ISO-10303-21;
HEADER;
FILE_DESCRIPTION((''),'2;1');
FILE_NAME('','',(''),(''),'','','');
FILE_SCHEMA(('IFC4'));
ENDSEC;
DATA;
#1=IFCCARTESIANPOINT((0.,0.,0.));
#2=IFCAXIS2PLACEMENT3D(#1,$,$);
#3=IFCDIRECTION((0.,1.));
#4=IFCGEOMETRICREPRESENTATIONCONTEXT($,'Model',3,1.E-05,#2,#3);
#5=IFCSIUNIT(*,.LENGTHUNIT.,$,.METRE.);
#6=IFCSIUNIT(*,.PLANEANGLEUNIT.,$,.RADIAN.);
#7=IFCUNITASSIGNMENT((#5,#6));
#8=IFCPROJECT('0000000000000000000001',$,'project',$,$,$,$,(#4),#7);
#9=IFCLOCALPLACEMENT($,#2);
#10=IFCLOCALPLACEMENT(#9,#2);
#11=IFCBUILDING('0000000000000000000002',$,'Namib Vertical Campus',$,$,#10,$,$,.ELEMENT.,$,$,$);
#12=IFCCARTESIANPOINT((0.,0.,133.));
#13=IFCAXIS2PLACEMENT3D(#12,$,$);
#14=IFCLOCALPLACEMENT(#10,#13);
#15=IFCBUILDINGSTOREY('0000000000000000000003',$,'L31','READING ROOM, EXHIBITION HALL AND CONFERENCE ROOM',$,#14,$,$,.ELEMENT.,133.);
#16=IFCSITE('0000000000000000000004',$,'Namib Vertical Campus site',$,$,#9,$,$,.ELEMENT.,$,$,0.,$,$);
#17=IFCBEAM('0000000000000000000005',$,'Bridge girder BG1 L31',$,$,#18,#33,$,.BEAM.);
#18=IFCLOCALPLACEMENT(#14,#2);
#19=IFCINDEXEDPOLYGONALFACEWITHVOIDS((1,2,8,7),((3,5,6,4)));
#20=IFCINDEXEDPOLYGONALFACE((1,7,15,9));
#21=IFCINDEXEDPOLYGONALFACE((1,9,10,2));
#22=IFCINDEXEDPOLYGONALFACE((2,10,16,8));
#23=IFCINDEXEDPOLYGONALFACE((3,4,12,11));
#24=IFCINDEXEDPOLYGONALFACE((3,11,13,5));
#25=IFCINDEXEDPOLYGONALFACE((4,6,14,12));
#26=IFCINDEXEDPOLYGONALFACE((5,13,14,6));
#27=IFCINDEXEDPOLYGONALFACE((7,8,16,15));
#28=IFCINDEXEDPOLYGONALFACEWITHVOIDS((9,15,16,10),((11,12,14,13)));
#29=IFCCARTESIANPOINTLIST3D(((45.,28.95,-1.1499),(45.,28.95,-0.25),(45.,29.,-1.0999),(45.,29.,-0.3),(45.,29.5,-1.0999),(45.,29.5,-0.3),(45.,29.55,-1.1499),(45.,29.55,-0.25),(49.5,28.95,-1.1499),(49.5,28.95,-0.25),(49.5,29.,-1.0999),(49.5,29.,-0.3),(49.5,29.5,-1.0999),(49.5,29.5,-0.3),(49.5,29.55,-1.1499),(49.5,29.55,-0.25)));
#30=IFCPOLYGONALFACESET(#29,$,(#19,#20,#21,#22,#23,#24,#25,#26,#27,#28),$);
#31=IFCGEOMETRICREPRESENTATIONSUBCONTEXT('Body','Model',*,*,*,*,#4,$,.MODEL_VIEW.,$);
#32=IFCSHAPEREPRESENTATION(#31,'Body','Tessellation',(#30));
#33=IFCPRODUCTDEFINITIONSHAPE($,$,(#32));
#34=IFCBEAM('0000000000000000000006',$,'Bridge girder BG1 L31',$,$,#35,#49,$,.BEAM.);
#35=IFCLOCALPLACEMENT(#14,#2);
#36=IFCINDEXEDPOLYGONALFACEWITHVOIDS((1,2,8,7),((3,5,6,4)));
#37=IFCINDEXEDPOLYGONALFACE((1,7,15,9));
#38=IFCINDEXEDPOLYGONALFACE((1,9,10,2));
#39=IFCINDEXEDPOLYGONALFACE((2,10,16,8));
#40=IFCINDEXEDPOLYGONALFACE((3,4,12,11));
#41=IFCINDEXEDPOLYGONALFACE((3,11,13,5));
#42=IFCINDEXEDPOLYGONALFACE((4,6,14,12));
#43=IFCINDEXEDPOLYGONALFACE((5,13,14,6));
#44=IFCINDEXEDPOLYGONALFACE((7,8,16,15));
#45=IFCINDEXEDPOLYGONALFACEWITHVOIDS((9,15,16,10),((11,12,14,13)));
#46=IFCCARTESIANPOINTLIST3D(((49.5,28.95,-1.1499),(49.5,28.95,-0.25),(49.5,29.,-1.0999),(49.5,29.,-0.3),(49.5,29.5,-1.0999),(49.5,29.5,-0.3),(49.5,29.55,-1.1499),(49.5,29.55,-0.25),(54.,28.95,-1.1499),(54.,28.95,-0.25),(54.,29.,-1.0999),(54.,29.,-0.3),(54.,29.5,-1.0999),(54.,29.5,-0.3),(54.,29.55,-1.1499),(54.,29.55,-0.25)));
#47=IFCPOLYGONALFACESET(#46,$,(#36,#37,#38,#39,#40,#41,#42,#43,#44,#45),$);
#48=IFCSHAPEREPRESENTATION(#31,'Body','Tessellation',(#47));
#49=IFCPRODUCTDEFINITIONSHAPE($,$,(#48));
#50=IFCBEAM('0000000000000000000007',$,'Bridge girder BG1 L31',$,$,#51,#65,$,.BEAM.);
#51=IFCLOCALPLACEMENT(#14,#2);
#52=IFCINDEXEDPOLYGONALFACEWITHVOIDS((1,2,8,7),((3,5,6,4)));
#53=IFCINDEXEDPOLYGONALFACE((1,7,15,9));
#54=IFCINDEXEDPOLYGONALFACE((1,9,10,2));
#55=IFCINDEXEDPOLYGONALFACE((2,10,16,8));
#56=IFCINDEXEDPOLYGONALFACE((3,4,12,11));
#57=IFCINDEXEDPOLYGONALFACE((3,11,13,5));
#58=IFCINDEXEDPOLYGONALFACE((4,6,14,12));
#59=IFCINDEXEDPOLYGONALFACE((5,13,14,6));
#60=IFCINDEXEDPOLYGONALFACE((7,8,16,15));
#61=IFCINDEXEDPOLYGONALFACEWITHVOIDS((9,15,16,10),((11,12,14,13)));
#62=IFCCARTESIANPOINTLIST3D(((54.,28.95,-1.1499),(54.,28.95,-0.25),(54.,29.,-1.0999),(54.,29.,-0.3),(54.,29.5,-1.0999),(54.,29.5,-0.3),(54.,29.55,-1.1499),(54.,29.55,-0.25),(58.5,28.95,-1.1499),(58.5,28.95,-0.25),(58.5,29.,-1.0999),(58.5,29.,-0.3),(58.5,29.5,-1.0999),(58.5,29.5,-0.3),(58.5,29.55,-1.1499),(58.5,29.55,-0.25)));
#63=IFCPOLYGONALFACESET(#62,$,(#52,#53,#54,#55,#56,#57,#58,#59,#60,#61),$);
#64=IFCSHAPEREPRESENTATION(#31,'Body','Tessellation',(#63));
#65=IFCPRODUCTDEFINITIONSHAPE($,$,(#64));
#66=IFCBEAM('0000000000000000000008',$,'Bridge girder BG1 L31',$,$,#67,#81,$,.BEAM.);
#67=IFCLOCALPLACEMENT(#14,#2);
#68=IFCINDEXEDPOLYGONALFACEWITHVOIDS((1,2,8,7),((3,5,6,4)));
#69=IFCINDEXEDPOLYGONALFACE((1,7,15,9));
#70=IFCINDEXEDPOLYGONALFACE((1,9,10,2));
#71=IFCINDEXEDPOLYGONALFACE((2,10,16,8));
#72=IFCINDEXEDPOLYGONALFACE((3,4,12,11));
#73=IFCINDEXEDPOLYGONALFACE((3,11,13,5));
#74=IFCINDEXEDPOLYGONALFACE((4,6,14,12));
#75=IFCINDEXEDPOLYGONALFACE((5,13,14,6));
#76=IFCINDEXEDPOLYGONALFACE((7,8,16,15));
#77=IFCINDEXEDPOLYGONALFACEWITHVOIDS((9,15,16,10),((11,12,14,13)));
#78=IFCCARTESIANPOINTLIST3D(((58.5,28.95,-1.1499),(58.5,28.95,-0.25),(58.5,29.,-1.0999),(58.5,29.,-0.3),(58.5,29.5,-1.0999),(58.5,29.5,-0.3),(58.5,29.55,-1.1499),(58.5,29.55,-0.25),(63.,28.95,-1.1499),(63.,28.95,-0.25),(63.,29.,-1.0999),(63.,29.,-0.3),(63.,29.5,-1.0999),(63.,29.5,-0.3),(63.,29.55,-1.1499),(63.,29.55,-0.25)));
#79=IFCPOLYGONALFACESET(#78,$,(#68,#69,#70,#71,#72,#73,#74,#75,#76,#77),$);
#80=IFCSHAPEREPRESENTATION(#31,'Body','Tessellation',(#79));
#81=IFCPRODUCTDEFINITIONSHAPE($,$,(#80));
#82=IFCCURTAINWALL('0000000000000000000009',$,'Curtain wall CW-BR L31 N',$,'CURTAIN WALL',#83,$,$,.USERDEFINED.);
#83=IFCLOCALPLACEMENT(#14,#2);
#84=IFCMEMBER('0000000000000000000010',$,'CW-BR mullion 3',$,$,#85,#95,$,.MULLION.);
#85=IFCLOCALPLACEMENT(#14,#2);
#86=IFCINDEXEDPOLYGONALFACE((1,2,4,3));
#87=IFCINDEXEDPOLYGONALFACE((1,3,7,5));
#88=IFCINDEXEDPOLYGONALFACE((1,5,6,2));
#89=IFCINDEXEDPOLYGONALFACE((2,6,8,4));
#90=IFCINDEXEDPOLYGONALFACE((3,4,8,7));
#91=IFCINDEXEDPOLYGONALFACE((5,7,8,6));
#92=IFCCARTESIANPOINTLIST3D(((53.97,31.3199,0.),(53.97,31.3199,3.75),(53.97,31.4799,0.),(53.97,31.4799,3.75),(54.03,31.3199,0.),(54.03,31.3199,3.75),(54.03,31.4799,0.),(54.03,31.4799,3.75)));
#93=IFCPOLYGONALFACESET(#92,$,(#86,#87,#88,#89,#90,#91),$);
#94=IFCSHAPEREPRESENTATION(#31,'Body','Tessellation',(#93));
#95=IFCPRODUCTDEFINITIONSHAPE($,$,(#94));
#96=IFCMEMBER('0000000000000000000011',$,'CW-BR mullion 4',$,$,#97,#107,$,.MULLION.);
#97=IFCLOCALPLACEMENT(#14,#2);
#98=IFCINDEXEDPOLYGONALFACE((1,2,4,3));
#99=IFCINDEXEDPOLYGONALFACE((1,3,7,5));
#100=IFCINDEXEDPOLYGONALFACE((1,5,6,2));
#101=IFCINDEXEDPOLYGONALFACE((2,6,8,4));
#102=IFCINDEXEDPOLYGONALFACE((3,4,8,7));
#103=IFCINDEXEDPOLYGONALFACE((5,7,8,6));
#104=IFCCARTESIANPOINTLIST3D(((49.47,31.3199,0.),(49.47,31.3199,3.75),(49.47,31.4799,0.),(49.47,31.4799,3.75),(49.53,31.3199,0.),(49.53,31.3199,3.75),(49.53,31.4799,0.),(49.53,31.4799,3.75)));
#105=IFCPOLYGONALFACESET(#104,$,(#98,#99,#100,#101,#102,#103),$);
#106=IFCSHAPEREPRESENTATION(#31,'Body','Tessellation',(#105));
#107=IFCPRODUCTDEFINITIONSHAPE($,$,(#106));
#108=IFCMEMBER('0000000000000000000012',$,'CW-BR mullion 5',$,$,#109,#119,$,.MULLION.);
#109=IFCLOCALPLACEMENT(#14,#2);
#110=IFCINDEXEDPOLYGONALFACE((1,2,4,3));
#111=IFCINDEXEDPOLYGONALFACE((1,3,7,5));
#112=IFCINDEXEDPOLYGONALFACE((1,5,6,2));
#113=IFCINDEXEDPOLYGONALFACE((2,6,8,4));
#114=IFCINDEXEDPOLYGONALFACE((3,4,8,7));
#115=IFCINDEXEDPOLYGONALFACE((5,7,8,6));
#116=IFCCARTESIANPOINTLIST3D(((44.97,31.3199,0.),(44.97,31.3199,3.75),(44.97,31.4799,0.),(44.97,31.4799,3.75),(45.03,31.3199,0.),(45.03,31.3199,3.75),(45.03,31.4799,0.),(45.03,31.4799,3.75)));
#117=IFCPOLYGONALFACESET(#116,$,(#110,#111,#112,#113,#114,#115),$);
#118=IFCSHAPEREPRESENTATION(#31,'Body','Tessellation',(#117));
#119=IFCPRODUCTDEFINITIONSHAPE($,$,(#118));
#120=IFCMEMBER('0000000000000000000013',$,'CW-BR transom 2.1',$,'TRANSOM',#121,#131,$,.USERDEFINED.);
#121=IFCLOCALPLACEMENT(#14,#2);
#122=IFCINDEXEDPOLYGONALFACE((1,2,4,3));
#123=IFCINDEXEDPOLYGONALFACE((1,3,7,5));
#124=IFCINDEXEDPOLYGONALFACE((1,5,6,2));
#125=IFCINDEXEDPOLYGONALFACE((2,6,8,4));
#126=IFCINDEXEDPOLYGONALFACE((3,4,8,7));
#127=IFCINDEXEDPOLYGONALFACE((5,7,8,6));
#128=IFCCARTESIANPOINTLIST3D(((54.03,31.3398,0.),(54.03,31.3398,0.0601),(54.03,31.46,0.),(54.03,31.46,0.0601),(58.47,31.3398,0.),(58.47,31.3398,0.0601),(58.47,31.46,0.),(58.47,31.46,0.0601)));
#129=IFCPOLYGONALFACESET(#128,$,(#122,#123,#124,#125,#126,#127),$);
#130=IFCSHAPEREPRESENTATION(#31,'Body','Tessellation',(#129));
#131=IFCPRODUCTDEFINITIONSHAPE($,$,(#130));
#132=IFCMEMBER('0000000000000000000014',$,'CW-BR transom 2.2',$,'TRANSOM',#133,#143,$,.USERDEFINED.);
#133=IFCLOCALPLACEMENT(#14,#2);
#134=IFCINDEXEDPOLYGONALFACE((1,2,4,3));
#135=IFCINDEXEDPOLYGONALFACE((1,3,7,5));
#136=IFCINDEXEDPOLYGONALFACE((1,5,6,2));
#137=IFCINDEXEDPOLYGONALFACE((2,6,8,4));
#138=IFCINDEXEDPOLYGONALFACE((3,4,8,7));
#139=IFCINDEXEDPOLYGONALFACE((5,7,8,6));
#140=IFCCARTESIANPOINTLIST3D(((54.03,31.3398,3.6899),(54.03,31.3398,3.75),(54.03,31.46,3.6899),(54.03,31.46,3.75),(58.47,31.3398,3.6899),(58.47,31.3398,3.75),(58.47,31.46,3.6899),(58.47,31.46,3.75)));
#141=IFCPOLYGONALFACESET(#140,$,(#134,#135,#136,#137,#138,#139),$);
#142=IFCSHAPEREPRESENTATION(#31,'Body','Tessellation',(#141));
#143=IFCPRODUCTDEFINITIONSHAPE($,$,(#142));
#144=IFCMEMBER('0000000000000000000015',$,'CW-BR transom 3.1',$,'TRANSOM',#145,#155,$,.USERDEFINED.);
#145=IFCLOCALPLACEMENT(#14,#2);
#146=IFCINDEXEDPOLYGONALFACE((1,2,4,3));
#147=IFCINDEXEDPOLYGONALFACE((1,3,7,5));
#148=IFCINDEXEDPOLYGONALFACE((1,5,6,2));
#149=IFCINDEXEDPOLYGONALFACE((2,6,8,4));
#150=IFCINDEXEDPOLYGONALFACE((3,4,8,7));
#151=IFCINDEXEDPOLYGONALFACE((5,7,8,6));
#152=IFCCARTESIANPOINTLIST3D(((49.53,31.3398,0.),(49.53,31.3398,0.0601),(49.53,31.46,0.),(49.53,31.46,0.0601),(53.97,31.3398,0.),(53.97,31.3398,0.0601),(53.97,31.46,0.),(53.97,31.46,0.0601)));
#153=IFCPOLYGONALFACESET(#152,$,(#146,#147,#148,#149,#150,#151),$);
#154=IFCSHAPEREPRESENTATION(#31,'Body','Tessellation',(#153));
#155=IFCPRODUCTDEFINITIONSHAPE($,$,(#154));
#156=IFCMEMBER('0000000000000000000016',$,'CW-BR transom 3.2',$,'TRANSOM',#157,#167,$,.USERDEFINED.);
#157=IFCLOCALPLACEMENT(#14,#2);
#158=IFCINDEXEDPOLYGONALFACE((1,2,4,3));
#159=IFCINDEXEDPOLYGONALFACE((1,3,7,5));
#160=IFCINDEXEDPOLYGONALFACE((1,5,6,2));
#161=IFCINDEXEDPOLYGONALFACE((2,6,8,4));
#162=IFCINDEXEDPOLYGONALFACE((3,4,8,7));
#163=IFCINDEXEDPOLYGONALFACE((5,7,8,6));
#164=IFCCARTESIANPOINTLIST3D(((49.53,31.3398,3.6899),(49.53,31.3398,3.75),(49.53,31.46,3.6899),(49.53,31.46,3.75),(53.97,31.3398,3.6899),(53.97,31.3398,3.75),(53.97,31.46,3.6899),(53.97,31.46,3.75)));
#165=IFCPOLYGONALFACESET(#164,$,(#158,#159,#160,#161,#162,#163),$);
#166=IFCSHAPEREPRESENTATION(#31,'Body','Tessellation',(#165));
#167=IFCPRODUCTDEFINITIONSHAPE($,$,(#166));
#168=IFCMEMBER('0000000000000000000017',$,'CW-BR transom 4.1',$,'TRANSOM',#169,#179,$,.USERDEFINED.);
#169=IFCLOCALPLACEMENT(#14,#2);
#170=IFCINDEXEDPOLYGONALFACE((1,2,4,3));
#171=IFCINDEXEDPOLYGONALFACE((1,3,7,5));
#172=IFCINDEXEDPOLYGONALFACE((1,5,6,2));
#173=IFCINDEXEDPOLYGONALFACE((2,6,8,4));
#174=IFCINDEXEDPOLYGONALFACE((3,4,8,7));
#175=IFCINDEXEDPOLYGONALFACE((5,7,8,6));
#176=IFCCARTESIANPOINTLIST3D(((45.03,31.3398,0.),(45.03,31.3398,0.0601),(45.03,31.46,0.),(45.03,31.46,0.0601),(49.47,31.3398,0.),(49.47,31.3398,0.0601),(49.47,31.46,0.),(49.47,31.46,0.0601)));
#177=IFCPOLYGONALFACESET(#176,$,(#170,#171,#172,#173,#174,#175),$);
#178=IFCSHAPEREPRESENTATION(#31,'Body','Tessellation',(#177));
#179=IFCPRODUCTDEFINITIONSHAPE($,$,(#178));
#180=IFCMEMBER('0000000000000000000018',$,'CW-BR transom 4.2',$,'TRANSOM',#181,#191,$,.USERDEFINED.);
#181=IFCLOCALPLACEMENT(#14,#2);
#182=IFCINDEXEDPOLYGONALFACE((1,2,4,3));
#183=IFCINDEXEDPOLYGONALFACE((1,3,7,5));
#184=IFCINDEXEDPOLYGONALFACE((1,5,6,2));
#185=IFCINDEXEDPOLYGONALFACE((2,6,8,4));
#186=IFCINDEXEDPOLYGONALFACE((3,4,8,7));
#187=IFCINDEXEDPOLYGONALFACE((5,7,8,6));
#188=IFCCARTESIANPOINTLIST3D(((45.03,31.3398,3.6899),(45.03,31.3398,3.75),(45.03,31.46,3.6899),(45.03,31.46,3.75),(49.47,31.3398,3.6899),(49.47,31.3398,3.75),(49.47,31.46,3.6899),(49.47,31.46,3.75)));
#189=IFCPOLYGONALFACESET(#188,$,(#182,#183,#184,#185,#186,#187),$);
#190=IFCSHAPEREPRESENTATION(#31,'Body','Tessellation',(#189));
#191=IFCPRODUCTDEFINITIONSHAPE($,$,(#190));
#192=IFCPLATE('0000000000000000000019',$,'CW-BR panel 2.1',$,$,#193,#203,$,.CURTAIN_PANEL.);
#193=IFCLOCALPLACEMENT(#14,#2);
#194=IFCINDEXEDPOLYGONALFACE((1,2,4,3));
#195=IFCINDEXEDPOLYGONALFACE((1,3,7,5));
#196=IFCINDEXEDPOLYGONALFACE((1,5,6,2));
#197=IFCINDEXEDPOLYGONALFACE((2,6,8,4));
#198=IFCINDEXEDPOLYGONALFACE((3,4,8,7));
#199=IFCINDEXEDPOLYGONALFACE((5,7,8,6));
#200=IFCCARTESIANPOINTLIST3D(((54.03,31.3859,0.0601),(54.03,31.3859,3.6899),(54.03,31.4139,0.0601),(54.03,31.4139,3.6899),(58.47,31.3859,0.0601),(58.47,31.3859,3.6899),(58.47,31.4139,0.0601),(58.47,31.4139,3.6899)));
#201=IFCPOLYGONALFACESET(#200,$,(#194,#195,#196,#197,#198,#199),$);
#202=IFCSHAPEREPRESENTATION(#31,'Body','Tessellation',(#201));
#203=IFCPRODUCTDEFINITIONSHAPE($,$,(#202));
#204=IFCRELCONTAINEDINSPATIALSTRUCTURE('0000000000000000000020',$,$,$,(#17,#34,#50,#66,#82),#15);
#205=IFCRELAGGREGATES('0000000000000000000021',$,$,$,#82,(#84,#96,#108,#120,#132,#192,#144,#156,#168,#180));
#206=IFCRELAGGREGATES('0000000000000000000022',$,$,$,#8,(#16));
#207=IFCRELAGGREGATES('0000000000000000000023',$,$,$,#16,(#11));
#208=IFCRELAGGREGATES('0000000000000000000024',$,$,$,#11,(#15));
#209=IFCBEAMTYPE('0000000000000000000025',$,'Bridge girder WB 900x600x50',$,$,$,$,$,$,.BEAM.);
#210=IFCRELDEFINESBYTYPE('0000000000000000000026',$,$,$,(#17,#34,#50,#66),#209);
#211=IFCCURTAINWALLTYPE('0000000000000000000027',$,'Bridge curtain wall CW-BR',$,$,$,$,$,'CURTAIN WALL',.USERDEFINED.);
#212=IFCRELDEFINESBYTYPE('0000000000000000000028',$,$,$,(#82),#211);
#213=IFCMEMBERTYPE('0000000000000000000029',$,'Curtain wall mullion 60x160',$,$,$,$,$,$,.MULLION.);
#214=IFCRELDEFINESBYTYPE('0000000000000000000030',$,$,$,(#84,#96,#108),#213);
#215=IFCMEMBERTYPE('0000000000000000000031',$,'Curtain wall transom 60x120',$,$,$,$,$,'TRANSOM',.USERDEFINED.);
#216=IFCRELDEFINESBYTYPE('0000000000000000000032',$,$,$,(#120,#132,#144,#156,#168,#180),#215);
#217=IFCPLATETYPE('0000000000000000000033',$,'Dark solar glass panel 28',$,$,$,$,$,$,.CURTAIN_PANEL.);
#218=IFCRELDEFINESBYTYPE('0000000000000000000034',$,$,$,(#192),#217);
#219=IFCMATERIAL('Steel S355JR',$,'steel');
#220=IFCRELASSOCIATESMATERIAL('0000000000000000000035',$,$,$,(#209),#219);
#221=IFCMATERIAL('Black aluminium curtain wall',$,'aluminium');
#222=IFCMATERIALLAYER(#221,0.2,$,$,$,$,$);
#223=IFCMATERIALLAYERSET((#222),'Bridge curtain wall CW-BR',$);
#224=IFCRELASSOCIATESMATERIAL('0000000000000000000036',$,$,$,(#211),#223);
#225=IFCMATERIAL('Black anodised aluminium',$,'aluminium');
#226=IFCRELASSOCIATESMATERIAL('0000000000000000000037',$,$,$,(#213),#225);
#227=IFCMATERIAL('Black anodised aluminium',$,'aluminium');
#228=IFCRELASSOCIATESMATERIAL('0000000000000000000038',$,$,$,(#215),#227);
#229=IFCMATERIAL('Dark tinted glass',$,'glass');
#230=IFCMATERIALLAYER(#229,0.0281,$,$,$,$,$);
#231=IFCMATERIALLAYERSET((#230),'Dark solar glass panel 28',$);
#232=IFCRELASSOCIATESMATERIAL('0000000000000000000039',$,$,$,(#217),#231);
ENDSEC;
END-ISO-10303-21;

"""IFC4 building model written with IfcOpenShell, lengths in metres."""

from ifc_helpers import new_model, si_unit, direction, frame, origin, origin_2d, place, context, subcontext, project, spatial, rectangle, hollow_rectangle, extrude, material, layer, layer_set, material_profile, profile_set, type_object, element, aggregate, save


model = new_model("IFC4")

# Units and contexts
model_context = context("Model", 3, precision=1e-05, world=origin(), true_north=direction((0.0, 1.0)))
body_context = subcontext(model_context, "Body", "Model", "MODEL_VIEW")
ifc_project = project(units=[si_unit("LENGTHUNIT", "METRE"), si_unit("PLANEANGLEUNIT", "RADIAN")], contexts=[model_context])

# Site, building, storey
site_placement = place(None, origin())
site = spatial("IfcSite", under=ifc_project, at=site_placement, Name="Namib Vertical Campus site", CompositionType="ELEMENT", RefElevation=0.0)
building_placement = place(site_placement, origin())
building = spatial("IfcBuilding", under=site, at=building_placement, Name="Namib Vertical Campus", CompositionType="ELEMENT")
storey_placement = place(building_placement, frame((0.0, 0.0, 133.0)))
storey = spatial("IfcBuildingStorey", under=building, at=storey_placement, Name="L31", Description="READING ROOM, EXHIBITION HALL AND CONFERENCE ROOM", CompositionType="ELEMENT", Elevation=133.0)

# Beams
ifc_material_1 = material(Name="Steel S355JR", Category="steel")
ifc_material_profile_1 = material_profile(ifc_material_1, hollow_rectangle(XDim=0.6001, YDim=0.8999, WallThickness=0.05, at=origin_2d()))
ifc_profile_set_1 = profile_set([ifc_material_profile_1], Name="Steel S355JR")
beam_type_1 = type_object("IfcBeamType", Name="Bridge girder WB 900x600x50", PredefinedType="BEAM", material=ifc_profile_set_1)
for number, where, z_axis, x_axis, name in (
    (1, (45.0, 29.25, -0.7), (1.0, 0.0, 0.0), (0.0, 1.0, 0.0), "Bridge girder BG1 L31"),
    (2, (49.5, 29.25, -0.7), (1.0, 0.0, 0.0), (0.0, 1.0, 0.0), "Bridge girder BG1 L31"),
    (3, (54.0, 29.25, -0.7), (1.0, 0.0, 0.0), (0.0, 1.0, 0.0), "Bridge girder BG1 L31"),
    (4, (58.5, 29.25, -0.7), (1.0, 0.0, 0.0), (0.0, 1.0, 0.0), "Bridge girder BG1 L31"),
):
    element("IfcBeam", number, at=place(storey_placement, frame(where, z_axis=z_axis, x_axis=x_axis)), inside=storey, type_object=beam_type_1, Name=name, PredefinedType="BEAM", context=body_context, shape_type="SweptSolid", body=[
        extrude(hollow_rectangle(XDim=0.6001, YDim=0.8999, WallThickness=0.05, at=origin_2d()), origin(), (0.0, 0.0, 1.0), 4.5),
    ])

# Curtain wall, members, plate
ifc_material_2 = material(Name="Black aluminium curtain wall", Category="aluminium")
ifc_layer_1 = layer(ifc_material_2, 0.2)
ifc_layer_set_1 = layer_set([ifc_layer_1], Name="Bridge curtain wall CW-BR")
curtain_wall_type = type_object("IfcCurtainWallType", Name="Bridge curtain wall CW-BR", ElementType="CURTAIN WALL", PredefinedType="USERDEFINED", material=ifc_layer_set_1)
curtain_wall_placement = place(storey_placement, origin())
curtain_wall = element("IfcCurtainWall", 5, at=curtain_wall_placement, inside=storey, type_object=curtain_wall_type, Name="Curtain wall CW-BR L31 N", ObjectType="CURTAIN WALL", PredefinedType="USERDEFINED")
ifc_material_3 = material(Name="Black anodised aluminium", Category="aluminium")
ifc_material_profile_2 = material_profile(ifc_material_3, rectangle(XDim=0.0601, YDim=0.1599, at=origin_2d()))
ifc_profile_set_2 = profile_set([ifc_material_profile_2], Name="Black anodised aluminium")
member_type_1 = type_object("IfcMemberType", Name="Curtain wall mullion 60x160", PredefinedType="MULLION", material=ifc_profile_set_2)
member_1_placement = place(storey_placement, frame((54.0, 31.3999, 0.0), z_axis=(0.0, 0.0, 1.0), x_axis=(-1.0, 0.0, 0.0)))
member_1 = element("IfcMember", 6, at=member_1_placement, type_object=member_type_1, Name="CW-BR mullion 3", PredefinedType="MULLION", context=body_context, shape_type="SweptSolid", body=[
    extrude(rectangle(XDim=0.0601, YDim=0.1599, at=origin_2d()), origin(), (0.0, 0.0, 1.0), 3.75),
])
member_2_placement = place(storey_placement, frame((49.5, 31.3999, 0.0), z_axis=(0.0, 0.0, 1.0), x_axis=(-1.0, 0.0, 0.0)))
member_2 = element("IfcMember", 7, at=member_2_placement, type_object=member_type_1, Name="CW-BR mullion 4", PredefinedType="MULLION", context=body_context, shape_type="SweptSolid", body=[
    extrude(rectangle(XDim=0.0601, YDim=0.1599, at=origin_2d()), origin(), (0.0, 0.0, 1.0), 3.75),
])
member_3_placement = place(storey_placement, frame((45.0, 31.3999, 0.0), z_axis=(0.0, 0.0, 1.0), x_axis=(-1.0, 0.0, 0.0)))
member_3 = element("IfcMember", 8, at=member_3_placement, type_object=member_type_1, Name="CW-BR mullion 5", PredefinedType="MULLION", context=body_context, shape_type="SweptSolid", body=[
    extrude(rectangle(XDim=0.0601, YDim=0.1599, at=origin_2d()), origin(), (0.0, 0.0, 1.0), 3.75),
])
ifc_material_4 = material(Name="Black anodised aluminium", Category="aluminium")
ifc_material_profile_3 = material_profile(ifc_material_4, rectangle(XDim=0.0601, YDim=0.1201, at=origin_2d()))
ifc_profile_set_3 = profile_set([ifc_material_profile_3], Name="Black anodised aluminium")
member_type_2 = type_object("IfcMemberType", Name="Curtain wall transom 60x120", ElementType="TRANSOM", PredefinedType="USERDEFINED", material=ifc_profile_set_3)
member_4_placement = place(storey_placement, frame((58.47, 31.3999, 0.03), z_axis=(-1.0, 0.0, 0.0), x_axis=(0.0, 0.0, 1.0)))
member_4 = element("IfcMember", 9, at=member_4_placement, type_object=member_type_2, Name="CW-BR transom 2.1", ObjectType="TRANSOM", PredefinedType="USERDEFINED", context=body_context, shape_type="SweptSolid", body=[
    extrude(rectangle(XDim=0.0601, YDim=0.1201, at=origin_2d()), origin(), (0.0, 0.0, 1.0), 4.4399),
])
member_5_placement = place(storey_placement, frame((58.47, 31.3999, 3.72), z_axis=(-1.0, 0.0, 0.0), x_axis=(0.0, 0.0, 1.0)))
member_5 = element("IfcMember", 10, at=member_5_placement, type_object=member_type_2, Name="CW-BR transom 2.2", ObjectType="TRANSOM", PredefinedType="USERDEFINED", context=body_context, shape_type="SweptSolid", body=[
    extrude(rectangle(XDim=0.0601, YDim=0.1201, at=origin_2d()), origin(), (0.0, 0.0, 1.0), 4.4399),
])
member_6_placement = place(storey_placement, frame((53.97, 31.3999, 0.03), z_axis=(-1.0, 0.0, 0.0), x_axis=(0.0, 0.0, 1.0)))
member_6 = element("IfcMember", 11, at=member_6_placement, type_object=member_type_2, Name="CW-BR transom 3.1", ObjectType="TRANSOM", PredefinedType="USERDEFINED", context=body_context, shape_type="SweptSolid", body=[
    extrude(rectangle(XDim=0.0601, YDim=0.1201, at=origin_2d()), origin(), (0.0, 0.0, 1.0), 4.4399),
])
member_7_placement = place(storey_placement, frame((53.97, 31.3999, 3.72), z_axis=(-1.0, 0.0, 0.0), x_axis=(0.0, 0.0, 1.0)))
member_7 = element("IfcMember", 12, at=member_7_placement, type_object=member_type_2, Name="CW-BR transom 3.2", ObjectType="TRANSOM", PredefinedType="USERDEFINED", context=body_context, shape_type="SweptSolid", body=[
    extrude(rectangle(XDim=0.0601, YDim=0.1201, at=origin_2d()), origin(), (0.0, 0.0, 1.0), 4.4399),
])
member_8_placement = place(storey_placement, frame((49.47, 31.3999, 0.03), z_axis=(-1.0, 0.0, 0.0), x_axis=(0.0, 0.0, 1.0)))
member_8 = element("IfcMember", 13, at=member_8_placement, type_object=member_type_2, Name="CW-BR transom 4.1", ObjectType="TRANSOM", PredefinedType="USERDEFINED", context=body_context, shape_type="SweptSolid", body=[
    extrude(rectangle(XDim=0.0601, YDim=0.1201, at=origin_2d()), origin(), (0.0, 0.0, 1.0), 4.4399),
])
member_9_placement = place(storey_placement, frame((49.47, 31.3999, 3.72), z_axis=(-1.0, 0.0, 0.0), x_axis=(0.0, 0.0, 1.0)))
member_9 = element("IfcMember", 14, at=member_9_placement, type_object=member_type_2, Name="CW-BR transom 4.2", ObjectType="TRANSOM", PredefinedType="USERDEFINED", context=body_context, shape_type="SweptSolid", body=[
    extrude(rectangle(XDim=0.0601, YDim=0.1201, at=origin_2d()), origin(), (0.0, 0.0, 1.0), 4.4399),
])
ifc_material_5 = material(Name="Dark tinted glass", Category="glass")
ifc_layer_2 = layer(ifc_material_5, 0.0281)
ifc_layer_set_2 = layer_set([ifc_layer_2], Name="Dark solar glass panel 28")
plate_type = type_object("IfcPlateType", Name="Dark solar glass panel 28", PredefinedType="CURTAIN_PANEL", material=ifc_layer_set_2)
plate_1_placement = place(storey_placement, frame((56.25, 31.3999, 0.0601), z_axis=(0.0, 0.0, 1.0), x_axis=(-1.0, 0.0, 0.0)))
plate_1 = element("IfcPlate", 15, at=plate_1_placement, type_object=plate_type, Name="CW-BR panel 2.1", PredefinedType="CURTAIN_PANEL", context=body_context, shape_type="SweptSolid", body=[
    extrude(rectangle(XDim=4.4399, YDim=0.0281, at=origin_2d()), origin(), (0.0, 0.0, 1.0), 3.6299),
])
aggregate(curtain_wall, [member_1, member_2, member_3, member_4, member_5, plate_1, member_6, member_7, member_8, member_9])

save(model, "model.ifc")
